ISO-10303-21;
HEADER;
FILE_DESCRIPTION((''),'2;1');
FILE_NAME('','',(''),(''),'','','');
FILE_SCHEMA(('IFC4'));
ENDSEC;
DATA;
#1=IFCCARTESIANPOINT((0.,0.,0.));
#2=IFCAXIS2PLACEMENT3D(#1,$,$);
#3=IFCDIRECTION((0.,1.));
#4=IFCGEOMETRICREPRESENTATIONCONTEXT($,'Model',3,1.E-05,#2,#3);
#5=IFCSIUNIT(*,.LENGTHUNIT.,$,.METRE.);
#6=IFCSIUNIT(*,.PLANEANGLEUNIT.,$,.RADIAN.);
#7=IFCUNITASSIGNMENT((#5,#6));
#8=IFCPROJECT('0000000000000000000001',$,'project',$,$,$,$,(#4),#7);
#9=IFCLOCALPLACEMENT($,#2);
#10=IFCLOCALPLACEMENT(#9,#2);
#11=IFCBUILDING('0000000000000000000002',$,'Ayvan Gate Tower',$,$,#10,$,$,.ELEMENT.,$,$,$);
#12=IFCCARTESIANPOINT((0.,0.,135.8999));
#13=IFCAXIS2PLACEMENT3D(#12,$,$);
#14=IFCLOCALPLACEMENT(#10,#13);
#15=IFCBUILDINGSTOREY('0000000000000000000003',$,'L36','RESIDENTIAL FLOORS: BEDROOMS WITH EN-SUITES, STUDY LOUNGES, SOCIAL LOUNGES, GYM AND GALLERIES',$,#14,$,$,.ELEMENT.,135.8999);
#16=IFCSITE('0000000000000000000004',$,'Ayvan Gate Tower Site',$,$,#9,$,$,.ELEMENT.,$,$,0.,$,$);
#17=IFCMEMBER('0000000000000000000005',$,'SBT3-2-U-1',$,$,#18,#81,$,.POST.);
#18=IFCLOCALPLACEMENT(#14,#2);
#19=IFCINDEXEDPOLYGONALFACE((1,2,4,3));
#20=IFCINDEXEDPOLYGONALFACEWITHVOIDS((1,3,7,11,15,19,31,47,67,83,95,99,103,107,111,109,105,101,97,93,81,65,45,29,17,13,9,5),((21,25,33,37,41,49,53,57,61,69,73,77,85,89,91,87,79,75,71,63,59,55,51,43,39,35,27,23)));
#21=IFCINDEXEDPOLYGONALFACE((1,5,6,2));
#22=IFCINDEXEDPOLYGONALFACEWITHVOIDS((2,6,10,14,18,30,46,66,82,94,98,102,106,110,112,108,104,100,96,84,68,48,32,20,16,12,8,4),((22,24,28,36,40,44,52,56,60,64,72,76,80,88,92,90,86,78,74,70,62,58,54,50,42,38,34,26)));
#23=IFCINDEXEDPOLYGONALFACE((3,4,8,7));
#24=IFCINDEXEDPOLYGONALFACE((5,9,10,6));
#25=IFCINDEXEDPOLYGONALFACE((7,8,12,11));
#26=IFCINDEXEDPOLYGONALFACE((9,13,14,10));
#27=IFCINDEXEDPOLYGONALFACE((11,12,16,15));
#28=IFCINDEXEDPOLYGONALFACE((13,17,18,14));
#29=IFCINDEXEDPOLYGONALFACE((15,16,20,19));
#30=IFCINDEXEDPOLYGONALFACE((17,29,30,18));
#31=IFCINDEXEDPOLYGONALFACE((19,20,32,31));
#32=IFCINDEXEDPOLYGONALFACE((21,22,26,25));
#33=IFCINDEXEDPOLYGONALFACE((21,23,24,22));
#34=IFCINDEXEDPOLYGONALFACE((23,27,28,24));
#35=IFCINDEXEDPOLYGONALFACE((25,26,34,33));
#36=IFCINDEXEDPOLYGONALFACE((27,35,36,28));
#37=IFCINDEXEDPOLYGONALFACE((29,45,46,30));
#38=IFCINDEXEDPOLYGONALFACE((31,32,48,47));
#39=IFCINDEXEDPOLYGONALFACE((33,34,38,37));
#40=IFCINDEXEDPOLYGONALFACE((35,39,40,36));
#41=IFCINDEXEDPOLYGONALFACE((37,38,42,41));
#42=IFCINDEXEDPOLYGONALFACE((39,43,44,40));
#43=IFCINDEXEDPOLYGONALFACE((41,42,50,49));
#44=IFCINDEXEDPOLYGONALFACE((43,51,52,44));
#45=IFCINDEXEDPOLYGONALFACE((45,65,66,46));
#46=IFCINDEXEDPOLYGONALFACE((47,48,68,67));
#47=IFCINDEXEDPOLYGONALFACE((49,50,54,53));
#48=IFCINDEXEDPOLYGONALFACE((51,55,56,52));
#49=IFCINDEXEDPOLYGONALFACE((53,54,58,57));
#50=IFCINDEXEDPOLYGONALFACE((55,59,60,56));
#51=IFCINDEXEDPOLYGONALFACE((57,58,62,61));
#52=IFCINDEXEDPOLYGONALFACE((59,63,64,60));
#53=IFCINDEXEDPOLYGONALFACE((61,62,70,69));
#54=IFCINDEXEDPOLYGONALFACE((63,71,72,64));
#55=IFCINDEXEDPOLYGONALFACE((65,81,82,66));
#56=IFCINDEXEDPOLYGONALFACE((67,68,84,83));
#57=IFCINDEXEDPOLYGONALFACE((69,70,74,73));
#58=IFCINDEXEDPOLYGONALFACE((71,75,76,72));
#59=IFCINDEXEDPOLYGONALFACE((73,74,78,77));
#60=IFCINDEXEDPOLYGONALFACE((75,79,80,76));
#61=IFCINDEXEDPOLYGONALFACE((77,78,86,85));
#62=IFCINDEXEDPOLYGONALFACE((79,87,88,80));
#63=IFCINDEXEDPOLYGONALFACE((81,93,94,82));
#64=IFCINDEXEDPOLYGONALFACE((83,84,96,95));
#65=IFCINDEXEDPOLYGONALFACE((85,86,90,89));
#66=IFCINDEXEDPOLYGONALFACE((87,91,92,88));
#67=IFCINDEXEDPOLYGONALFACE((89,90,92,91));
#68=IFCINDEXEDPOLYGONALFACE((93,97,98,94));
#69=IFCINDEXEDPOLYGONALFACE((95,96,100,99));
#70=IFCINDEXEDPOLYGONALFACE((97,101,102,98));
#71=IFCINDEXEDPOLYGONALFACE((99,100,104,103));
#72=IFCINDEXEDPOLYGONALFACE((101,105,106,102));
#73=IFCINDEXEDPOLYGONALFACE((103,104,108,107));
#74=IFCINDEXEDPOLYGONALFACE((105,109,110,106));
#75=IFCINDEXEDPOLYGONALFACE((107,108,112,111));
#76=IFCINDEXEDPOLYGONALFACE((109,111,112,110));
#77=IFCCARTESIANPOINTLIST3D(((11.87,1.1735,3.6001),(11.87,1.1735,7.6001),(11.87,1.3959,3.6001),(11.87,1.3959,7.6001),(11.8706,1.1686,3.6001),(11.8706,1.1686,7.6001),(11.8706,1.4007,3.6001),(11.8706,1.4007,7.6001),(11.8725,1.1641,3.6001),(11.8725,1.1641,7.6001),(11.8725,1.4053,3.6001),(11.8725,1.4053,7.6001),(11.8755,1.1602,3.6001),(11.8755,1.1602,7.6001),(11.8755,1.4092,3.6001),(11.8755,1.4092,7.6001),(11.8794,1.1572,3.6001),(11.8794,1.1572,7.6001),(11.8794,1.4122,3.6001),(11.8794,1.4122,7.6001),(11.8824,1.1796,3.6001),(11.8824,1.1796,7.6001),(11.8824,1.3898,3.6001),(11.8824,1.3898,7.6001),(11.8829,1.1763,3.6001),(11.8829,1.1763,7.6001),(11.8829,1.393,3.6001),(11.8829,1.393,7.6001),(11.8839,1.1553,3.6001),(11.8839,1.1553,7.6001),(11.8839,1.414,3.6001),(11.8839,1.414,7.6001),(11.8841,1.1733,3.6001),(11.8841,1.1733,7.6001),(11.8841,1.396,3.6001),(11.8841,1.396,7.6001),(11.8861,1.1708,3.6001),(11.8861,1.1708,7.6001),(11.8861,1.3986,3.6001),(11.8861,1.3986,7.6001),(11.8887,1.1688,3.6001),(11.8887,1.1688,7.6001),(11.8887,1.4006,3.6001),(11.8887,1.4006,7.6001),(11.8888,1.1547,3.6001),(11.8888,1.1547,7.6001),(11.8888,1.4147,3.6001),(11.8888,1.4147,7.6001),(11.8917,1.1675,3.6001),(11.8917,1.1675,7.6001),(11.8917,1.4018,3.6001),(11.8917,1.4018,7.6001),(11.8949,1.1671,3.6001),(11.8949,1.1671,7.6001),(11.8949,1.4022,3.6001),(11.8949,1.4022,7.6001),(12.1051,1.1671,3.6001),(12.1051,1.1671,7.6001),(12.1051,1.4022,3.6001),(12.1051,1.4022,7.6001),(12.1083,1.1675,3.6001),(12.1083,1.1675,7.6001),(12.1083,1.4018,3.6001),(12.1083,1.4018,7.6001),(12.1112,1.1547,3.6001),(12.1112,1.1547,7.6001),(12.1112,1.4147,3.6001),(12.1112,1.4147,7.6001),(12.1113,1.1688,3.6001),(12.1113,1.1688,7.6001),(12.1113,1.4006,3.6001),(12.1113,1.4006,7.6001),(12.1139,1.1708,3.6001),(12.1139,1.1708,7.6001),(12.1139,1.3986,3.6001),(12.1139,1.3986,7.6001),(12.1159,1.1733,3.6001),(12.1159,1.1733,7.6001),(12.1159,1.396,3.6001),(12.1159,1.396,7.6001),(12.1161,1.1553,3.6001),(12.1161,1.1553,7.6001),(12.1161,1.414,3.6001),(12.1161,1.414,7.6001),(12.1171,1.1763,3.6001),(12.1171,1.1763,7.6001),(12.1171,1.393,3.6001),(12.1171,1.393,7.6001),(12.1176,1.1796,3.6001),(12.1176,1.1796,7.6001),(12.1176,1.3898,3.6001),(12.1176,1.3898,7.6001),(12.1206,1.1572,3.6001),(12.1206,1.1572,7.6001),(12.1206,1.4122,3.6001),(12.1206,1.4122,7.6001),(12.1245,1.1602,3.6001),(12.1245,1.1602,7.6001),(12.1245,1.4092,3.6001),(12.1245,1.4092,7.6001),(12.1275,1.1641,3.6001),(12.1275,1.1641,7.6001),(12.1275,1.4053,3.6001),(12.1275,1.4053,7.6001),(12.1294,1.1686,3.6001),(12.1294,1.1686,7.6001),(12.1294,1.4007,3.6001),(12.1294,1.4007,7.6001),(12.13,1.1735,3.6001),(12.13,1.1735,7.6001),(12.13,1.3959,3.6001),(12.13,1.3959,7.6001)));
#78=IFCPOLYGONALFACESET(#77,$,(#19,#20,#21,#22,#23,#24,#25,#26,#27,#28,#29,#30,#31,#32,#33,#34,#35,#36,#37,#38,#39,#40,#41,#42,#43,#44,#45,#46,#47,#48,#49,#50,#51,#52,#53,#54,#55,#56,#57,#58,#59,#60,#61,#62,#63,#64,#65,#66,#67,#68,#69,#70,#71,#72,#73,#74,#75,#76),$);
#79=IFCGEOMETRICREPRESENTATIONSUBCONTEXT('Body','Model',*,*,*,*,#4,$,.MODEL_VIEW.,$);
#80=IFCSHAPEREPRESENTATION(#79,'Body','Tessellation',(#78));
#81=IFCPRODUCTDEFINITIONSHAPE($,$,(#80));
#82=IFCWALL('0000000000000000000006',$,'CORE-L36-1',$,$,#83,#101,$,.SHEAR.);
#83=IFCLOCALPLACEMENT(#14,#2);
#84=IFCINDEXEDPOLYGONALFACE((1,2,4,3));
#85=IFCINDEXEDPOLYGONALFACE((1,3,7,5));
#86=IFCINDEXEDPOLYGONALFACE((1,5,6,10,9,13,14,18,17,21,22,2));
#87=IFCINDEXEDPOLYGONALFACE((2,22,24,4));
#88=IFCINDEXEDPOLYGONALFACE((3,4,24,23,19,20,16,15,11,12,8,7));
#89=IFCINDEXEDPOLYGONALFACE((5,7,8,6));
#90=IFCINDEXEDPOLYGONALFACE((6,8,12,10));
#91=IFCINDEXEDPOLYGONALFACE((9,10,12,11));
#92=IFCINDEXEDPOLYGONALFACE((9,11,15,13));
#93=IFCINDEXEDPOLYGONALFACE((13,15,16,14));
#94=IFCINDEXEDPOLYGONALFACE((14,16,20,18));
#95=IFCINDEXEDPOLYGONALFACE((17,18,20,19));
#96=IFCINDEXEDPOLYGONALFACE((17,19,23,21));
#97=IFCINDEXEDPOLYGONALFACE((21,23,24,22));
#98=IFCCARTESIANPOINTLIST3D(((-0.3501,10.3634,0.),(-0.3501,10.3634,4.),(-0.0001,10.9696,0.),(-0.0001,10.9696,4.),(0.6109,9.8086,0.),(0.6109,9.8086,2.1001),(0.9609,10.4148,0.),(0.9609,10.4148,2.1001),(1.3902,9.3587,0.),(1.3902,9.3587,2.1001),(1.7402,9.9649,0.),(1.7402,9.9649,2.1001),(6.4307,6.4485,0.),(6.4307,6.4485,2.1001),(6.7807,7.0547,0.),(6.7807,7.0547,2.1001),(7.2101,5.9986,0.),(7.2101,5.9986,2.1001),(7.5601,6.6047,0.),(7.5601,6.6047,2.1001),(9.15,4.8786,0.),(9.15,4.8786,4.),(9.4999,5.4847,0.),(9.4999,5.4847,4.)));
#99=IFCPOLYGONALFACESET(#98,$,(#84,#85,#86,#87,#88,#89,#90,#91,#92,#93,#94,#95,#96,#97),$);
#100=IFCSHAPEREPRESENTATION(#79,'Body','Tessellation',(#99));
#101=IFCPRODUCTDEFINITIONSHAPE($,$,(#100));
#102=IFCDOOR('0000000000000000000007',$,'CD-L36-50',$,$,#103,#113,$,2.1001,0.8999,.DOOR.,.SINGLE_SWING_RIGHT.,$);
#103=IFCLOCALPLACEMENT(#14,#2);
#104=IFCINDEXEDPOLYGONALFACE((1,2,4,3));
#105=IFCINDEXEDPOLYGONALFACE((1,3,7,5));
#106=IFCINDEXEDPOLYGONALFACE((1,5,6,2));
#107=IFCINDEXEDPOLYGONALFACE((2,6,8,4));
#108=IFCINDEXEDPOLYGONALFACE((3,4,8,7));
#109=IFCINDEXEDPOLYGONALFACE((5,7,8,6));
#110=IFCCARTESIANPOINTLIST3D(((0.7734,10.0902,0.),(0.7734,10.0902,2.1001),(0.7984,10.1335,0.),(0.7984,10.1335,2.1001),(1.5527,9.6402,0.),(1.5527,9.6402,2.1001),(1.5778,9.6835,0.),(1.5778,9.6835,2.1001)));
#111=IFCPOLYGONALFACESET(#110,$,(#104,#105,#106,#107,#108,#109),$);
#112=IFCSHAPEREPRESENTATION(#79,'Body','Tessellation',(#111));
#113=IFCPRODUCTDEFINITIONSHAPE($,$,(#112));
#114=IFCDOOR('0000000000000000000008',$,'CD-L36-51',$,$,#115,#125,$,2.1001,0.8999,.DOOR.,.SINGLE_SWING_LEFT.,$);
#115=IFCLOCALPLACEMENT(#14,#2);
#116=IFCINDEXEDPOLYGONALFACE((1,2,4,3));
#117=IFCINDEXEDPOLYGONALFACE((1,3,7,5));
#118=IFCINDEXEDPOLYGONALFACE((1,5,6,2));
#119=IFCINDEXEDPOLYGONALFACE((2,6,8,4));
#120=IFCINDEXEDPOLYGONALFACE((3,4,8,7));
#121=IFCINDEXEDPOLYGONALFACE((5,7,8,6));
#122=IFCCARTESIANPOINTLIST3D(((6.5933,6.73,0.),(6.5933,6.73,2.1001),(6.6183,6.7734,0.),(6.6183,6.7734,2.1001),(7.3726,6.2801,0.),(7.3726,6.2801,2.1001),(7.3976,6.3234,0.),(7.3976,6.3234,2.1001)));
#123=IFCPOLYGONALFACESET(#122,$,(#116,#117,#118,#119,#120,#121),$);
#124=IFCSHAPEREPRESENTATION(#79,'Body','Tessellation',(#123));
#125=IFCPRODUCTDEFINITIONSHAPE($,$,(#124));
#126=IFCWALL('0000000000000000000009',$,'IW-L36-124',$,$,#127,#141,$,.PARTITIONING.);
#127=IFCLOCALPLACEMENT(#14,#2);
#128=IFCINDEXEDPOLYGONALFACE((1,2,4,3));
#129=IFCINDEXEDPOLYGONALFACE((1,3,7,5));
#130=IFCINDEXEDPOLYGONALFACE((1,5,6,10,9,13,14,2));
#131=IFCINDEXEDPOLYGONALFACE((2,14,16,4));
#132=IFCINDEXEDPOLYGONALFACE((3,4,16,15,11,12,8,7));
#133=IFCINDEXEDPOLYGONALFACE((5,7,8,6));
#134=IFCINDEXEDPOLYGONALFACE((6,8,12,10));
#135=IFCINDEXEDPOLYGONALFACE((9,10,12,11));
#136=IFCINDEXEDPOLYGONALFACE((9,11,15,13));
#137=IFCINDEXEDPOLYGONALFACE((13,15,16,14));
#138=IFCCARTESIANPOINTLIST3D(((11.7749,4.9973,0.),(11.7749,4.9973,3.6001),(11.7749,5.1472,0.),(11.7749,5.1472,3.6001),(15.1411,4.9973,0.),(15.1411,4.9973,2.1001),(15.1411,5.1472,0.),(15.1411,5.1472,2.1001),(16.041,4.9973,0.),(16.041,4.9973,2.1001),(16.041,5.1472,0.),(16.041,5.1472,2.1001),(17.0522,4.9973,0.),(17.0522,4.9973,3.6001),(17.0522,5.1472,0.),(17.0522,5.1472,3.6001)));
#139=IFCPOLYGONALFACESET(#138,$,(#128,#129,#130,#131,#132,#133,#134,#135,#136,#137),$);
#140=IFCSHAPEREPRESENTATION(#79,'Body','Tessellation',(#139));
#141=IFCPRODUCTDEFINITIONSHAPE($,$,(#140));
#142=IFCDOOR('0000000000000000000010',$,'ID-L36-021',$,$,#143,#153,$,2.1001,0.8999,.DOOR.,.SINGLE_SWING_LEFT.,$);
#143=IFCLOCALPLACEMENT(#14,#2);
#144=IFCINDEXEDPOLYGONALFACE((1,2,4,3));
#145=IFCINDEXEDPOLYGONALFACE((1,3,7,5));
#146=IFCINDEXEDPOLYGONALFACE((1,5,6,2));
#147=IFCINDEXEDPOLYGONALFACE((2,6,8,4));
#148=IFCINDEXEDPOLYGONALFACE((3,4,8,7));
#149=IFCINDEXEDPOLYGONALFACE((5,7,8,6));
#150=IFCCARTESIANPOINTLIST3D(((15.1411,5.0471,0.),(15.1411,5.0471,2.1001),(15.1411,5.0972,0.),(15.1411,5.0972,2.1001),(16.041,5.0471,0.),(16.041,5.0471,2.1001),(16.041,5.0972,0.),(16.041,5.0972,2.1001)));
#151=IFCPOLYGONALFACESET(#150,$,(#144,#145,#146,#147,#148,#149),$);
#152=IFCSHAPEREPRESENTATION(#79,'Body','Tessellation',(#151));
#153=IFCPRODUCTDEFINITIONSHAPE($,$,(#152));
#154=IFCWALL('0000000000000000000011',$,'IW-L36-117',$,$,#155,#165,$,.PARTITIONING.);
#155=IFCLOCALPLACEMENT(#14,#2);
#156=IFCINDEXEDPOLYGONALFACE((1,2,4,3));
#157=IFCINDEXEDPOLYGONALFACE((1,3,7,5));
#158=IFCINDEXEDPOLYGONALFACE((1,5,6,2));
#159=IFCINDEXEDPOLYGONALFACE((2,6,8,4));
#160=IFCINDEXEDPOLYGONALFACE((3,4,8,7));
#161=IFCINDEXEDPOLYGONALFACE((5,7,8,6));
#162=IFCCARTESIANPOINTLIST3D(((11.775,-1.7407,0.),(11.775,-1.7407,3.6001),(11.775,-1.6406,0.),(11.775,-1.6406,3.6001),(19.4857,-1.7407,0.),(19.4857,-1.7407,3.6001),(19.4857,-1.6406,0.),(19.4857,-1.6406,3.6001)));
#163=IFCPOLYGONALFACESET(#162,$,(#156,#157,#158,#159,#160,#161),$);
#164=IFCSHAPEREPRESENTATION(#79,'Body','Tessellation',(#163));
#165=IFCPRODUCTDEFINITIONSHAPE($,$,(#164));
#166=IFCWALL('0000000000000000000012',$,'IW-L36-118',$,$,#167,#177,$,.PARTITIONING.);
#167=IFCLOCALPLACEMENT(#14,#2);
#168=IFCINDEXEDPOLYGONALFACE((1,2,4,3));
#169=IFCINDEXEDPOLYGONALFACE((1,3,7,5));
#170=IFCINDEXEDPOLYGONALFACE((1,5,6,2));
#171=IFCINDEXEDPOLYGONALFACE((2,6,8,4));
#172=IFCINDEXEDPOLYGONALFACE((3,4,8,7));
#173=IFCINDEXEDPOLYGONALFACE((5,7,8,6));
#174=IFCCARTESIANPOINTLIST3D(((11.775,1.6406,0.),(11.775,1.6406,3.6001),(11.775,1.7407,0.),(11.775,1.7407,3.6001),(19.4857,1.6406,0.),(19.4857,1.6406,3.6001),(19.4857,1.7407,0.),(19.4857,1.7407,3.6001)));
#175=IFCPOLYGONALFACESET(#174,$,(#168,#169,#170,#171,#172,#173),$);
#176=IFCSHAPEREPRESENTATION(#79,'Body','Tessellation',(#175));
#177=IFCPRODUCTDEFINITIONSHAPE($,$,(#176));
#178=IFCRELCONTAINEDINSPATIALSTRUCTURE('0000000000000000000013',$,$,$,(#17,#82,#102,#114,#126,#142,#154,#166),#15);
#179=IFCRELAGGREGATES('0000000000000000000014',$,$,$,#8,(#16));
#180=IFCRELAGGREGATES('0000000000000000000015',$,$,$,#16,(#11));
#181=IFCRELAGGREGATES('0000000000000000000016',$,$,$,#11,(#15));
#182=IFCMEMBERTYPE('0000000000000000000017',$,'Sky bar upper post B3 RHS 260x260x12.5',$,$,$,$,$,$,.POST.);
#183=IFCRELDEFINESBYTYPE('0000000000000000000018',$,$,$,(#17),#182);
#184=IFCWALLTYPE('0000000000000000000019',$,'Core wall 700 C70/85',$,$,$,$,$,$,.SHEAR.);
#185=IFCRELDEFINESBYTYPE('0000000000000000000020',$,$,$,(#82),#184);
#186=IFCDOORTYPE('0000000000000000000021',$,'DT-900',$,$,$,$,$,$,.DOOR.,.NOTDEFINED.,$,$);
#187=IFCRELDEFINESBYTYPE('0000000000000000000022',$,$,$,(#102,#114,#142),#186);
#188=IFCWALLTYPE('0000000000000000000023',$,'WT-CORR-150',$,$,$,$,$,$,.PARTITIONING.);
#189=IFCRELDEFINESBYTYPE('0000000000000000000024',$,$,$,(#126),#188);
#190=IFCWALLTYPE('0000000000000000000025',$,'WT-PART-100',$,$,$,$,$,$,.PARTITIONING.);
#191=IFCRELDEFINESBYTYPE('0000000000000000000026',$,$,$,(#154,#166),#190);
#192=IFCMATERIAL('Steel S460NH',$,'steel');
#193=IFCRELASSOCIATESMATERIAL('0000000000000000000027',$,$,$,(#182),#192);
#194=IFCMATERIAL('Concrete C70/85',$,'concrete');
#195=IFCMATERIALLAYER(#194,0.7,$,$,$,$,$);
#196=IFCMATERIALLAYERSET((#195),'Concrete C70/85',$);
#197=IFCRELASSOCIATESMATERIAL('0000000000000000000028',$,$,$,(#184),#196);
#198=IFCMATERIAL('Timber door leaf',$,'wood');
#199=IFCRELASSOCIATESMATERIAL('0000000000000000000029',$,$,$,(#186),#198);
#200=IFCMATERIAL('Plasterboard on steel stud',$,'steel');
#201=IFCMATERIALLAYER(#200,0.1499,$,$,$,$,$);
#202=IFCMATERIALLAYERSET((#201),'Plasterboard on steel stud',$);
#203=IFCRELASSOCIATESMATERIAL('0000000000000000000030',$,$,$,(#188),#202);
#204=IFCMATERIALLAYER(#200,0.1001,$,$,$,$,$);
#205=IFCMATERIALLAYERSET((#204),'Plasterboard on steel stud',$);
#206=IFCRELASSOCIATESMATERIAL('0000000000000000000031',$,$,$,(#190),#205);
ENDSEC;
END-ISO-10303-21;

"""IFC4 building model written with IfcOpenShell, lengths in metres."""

from ifc_helpers import new_model, si_unit, direction, frame, frame_2d, origin, origin_2d, place, context, subcontext, project, spatial, rectangle, hollow_rectangle, extrude, material, layer, layer_set, material_profile, profile_set, type_object, element, fill, save


model = new_model("IFC4")

# Units and contexts
model_context = context("Model", 3, precision=1e-05, world=origin(), true_north=direction((0.0, 1.0)))
body_context = subcontext(model_context, "Body", "Model", "MODEL_VIEW")
ifc_project = project(units=[si_unit("LENGTHUNIT", "METRE"), si_unit("PLANEANGLEUNIT", "RADIAN")], contexts=[model_context])

# Site, building, storey
site_placement = place(None, origin())
site = spatial("IfcSite", under=ifc_project, at=site_placement, Name="Ayvan Gate Tower Site", CompositionType="ELEMENT", RefElevation=0.0)
building_placement = place(site_placement, origin())
building = spatial("IfcBuilding", under=site, at=building_placement, Name="Ayvan Gate Tower", CompositionType="ELEMENT")
storey_placement = place(building_placement, frame((0.0, 0.0, 135.8999)))
storey = spatial("IfcBuildingStorey", under=building, at=storey_placement, Name="L36", Description="RESIDENTIAL FLOORS: BEDROOMS WITH EN-SUITES, STUDY LOUNGES, SOCIAL LOUNGES, GYM AND GALLERIES", CompositionType="ELEMENT", Elevation=135.8999)

# Member
ifc_material_1 = material(Name="Steel S460NH", Category="steel")
ifc_material_profile_1 = material_profile(ifc_material_1, hollow_rectangle(XDim=0.26, YDim=0.26, WallThickness=0.0125, InnerFilletRadius=0.0125, OuterFilletRadius=0.0188, at=origin_2d()), Name="RHS 260x260x12.5")
ifc_profile_set_1 = profile_set([ifc_material_profile_1], Name="Steel S460NH")
member_type_1 = type_object("IfcMemberType", Name="Sky bar upper post B3 RHS 260x260x12.5", PredefinedType="POST", material=ifc_profile_set_1)
member_1_placement = place(storey_placement, frame((12.0, 1.2847, 3.6001), z_axis=(0.0, 0.0, 1.0), x_axis=(1.0, 0.0, 0.0)))
element("IfcMember", 1, at=member_1_placement, inside=storey, type_object=member_type_1, Name="SBT3-2-U-1", PredefinedType="POST", context=body_context, shape_type="SweptSolid", body=[
    extrude(hollow_rectangle(XDim=0.26, YDim=0.26, WallThickness=0.0125, InnerFilletRadius=0.0125, OuterFilletRadius=0.0188, at=origin_2d()), origin(), (0.0, 0.0, 1.0), 4.0),
])

# Wall, openings, doors
ifc_material_2 = material(Name="Concrete C70/85", Category="concrete")
ifc_layer_1 = layer(ifc_material_2, 0.7)
ifc_layer_set_1 = layer_set([ifc_layer_1], Name="Concrete C70/85")
wall_type_1 = type_object("IfcWallType", Name="Core wall 700 C70/85", PredefinedType="SHEAR", material=ifc_layer_set_1)
wall_1_placement = place(storey_placement, frame((9.325, 5.1816, 0.0), z_axis=(0.0, 0.0, 1.0), x_axis=(-0.866024, 0.500002, 0.0)))
wall_1 = element("IfcWall", 2, at=wall_1_placement, inside=storey, type_object=wall_type_1, Name="CORE-L36-1", PredefinedType="SHEAR", context=body_context, shape_type="SweptSolid", body=[
    extrude(rectangle(XDim=10.9697, YDim=0.7, at=frame_2d((5.4849, 0.0))), origin(), (0.0, 0.0, 1.0), 4.0),
])
opening_1_placement = place(wall_1_placement, frame((8.9602, 0.0, 0.0)))
opening_1 = element("IfcOpeningElement", 3, at=opening_1_placement, cuts=wall_1, PredefinedType="OPENING", context=body_context, shape_type="SweptSolid", body=[
    extrude(rectangle(XDim=0.8999, YDim=2.1001, at=frame_2d((0.45, 1.05))), frame((0.0, 0.3599, 0.0), z_axis=(0.0, -1.0, 0.0), x_axis=(1.0, 0.0, 0.0)), (0.0, 0.0, 1.0), 0.72),
])
opening_2_placement = place(wall_1_placement, frame((2.24, 0.0, 0.0)))
opening_2 = element("IfcOpeningElement", 4, at=opening_2_placement, cuts=wall_1, PredefinedType="OPENING", context=body_context, shape_type="SweptSolid", body=[
    extrude(rectangle(XDim=0.8999, YDim=2.1001, at=frame_2d((0.45, 1.05))), frame((0.0, 0.3599, 0.0), z_axis=(0.0, -1.0, 0.0), x_axis=(1.0, 0.0, 0.0)), (0.0, 0.0, 1.0), 0.72),
])
ifc_material_3 = material(Name="Timber door leaf", Category="wood")
door_type_1 = type_object("IfcDoorType", Name="DT-900", OperationType="NOTDEFINED", PredefinedType="DOOR", material=ifc_material_3)
door_1_placement = place(opening_1_placement, origin())
door_1 = element("IfcDoor", 5, at=door_1_placement, inside=storey, type_object=door_type_1, Name="CD-L36-50", OperationType="SINGLE_SWING_RIGHT", OverallHeight=2.1001, OverallWidth=0.8999, PredefinedType="DOOR", context=body_context, shape_type="SweptSolid", body=[
    extrude(rectangle(XDim=0.8999, YDim=2.1001, at=frame_2d((0.45, 1.05))), frame((0.0, 0.0249, 0.0), z_axis=(0.0, -1.0, 0.0), x_axis=(1.0, 0.0, 0.0)), (0.0, 0.0, 1.0), 0.05),
])
fill(opening_1, door_1)
door_2_placement = place(opening_2_placement, origin())
door_2 = element("IfcDoor", 6, at=door_2_placement, inside=storey, type_object=door_type_1, Name="CD-L36-51", OperationType="SINGLE_SWING_LEFT", OverallHeight=2.1001, OverallWidth=0.8999, PredefinedType="DOOR", context=body_context, shape_type="SweptSolid", body=[
    extrude(rectangle(XDim=0.8999, YDim=2.1001, at=frame_2d((0.45, 1.05))), frame((0.0, 0.0249, 0.0), z_axis=(0.0, -1.0, 0.0), x_axis=(1.0, 0.0, 0.0)), (0.0, 0.0, 1.0), 0.05),
])
fill(opening_2, door_2)

# Wall, opening, door
ifc_material_4 = material(Name="Plasterboard on steel stud", Category="steel")
ifc_layer_2 = layer(ifc_material_4, 0.1499)
ifc_layer_set_2 = layer_set([ifc_layer_2], Name="Plasterboard on steel stud")
wall_type_2 = type_object("IfcWallType", Name="WT-CORR-150", PredefinedType="PARTITIONING", material=ifc_layer_set_2)
wall_2_placement = place(storey_placement, frame((11.7749, 5.0723, 0.0), z_axis=(0.0, 0.0, 1.0), x_axis=(1.0, 0.0, 0.0)))
wall_2 = element("IfcWall", 7, at=wall_2_placement, inside=storey, type_object=wall_type_2, Name="IW-L36-124", PredefinedType="PARTITIONING", context=body_context, shape_type="SweptSolid", body=[
    extrude(rectangle(XDim=5.2773, YDim=0.1499, at=frame_2d((2.6387, 0.0))), origin(), (0.0, 0.0, 1.0), 3.6001),
])
opening_3_placement = place(wall_2_placement, frame((3.3662, 0.0, 0.0)))
opening_3 = element("IfcOpeningElement", 8, at=opening_3_placement, cuts=wall_2, PredefinedType="OPENING", context=body_context, shape_type="SweptSolid", body=[
    extrude(rectangle(XDim=0.8999, YDim=2.1001, at=frame_2d((0.45, 1.05))), frame((0.0, 0.085, 0.0), z_axis=(0.0, -1.0, 0.0), x_axis=(1.0, 0.0, 0.0)), (0.0, 0.0, 1.0), 0.1699),
])
door_3_placement = place(opening_3_placement, origin())
door_3 = element("IfcDoor", 9, at=door_3_placement, inside=storey, type_object=door_type_1, Name="ID-L36-021", OperationType="SINGLE_SWING_LEFT", OverallHeight=2.1001, OverallWidth=0.8999, PredefinedType="DOOR", context=body_context, shape_type="SweptSolid", body=[
    extrude(rectangle(XDim=0.8999, YDim=2.1001, at=frame_2d((0.45, 1.05))), frame((0.0, 0.0249, 0.0), z_axis=(0.0, -1.0, 0.0), x_axis=(1.0, 0.0, 0.0)), (0.0, 0.0, 1.0), 0.05),
])
fill(opening_3, door_3)

# Walls
ifc_layer_3 = layer(ifc_material_4, 0.1001)
ifc_layer_set_3 = layer_set([ifc_layer_3], Name="Plasterboard on steel stud")
wall_type_3 = type_object("IfcWallType", Name="WT-PART-100", PredefinedType="PARTITIONING", material=ifc_layer_set_3)
for number, where, z_axis, x_axis, name in (
    (10, (11.7749, -1.6907, 0.0), (0.0, 0.0, 1.0), (1.0, 0.0, 0.0), "IW-L36-117"),
    (11, (11.7749, 1.6907, 0.0), (0.0, 0.0, 1.0), (1.0, 0.0, 0.0), "IW-L36-118"),
):
    element("IfcWall", number, at=place(storey_placement, frame(where, z_axis=z_axis, x_axis=x_axis)), inside=storey, type_object=wall_type_3, Name=name, PredefinedType="PARTITIONING", context=body_context, shape_type="SweptSolid", body=[
        extrude(rectangle(XDim=7.7107, YDim=0.1001, at=frame_2d((3.8555, 0.0))), origin(), (0.0, 0.0, 1.0), 3.6001),
    ])

save(model, "model.ifc")
